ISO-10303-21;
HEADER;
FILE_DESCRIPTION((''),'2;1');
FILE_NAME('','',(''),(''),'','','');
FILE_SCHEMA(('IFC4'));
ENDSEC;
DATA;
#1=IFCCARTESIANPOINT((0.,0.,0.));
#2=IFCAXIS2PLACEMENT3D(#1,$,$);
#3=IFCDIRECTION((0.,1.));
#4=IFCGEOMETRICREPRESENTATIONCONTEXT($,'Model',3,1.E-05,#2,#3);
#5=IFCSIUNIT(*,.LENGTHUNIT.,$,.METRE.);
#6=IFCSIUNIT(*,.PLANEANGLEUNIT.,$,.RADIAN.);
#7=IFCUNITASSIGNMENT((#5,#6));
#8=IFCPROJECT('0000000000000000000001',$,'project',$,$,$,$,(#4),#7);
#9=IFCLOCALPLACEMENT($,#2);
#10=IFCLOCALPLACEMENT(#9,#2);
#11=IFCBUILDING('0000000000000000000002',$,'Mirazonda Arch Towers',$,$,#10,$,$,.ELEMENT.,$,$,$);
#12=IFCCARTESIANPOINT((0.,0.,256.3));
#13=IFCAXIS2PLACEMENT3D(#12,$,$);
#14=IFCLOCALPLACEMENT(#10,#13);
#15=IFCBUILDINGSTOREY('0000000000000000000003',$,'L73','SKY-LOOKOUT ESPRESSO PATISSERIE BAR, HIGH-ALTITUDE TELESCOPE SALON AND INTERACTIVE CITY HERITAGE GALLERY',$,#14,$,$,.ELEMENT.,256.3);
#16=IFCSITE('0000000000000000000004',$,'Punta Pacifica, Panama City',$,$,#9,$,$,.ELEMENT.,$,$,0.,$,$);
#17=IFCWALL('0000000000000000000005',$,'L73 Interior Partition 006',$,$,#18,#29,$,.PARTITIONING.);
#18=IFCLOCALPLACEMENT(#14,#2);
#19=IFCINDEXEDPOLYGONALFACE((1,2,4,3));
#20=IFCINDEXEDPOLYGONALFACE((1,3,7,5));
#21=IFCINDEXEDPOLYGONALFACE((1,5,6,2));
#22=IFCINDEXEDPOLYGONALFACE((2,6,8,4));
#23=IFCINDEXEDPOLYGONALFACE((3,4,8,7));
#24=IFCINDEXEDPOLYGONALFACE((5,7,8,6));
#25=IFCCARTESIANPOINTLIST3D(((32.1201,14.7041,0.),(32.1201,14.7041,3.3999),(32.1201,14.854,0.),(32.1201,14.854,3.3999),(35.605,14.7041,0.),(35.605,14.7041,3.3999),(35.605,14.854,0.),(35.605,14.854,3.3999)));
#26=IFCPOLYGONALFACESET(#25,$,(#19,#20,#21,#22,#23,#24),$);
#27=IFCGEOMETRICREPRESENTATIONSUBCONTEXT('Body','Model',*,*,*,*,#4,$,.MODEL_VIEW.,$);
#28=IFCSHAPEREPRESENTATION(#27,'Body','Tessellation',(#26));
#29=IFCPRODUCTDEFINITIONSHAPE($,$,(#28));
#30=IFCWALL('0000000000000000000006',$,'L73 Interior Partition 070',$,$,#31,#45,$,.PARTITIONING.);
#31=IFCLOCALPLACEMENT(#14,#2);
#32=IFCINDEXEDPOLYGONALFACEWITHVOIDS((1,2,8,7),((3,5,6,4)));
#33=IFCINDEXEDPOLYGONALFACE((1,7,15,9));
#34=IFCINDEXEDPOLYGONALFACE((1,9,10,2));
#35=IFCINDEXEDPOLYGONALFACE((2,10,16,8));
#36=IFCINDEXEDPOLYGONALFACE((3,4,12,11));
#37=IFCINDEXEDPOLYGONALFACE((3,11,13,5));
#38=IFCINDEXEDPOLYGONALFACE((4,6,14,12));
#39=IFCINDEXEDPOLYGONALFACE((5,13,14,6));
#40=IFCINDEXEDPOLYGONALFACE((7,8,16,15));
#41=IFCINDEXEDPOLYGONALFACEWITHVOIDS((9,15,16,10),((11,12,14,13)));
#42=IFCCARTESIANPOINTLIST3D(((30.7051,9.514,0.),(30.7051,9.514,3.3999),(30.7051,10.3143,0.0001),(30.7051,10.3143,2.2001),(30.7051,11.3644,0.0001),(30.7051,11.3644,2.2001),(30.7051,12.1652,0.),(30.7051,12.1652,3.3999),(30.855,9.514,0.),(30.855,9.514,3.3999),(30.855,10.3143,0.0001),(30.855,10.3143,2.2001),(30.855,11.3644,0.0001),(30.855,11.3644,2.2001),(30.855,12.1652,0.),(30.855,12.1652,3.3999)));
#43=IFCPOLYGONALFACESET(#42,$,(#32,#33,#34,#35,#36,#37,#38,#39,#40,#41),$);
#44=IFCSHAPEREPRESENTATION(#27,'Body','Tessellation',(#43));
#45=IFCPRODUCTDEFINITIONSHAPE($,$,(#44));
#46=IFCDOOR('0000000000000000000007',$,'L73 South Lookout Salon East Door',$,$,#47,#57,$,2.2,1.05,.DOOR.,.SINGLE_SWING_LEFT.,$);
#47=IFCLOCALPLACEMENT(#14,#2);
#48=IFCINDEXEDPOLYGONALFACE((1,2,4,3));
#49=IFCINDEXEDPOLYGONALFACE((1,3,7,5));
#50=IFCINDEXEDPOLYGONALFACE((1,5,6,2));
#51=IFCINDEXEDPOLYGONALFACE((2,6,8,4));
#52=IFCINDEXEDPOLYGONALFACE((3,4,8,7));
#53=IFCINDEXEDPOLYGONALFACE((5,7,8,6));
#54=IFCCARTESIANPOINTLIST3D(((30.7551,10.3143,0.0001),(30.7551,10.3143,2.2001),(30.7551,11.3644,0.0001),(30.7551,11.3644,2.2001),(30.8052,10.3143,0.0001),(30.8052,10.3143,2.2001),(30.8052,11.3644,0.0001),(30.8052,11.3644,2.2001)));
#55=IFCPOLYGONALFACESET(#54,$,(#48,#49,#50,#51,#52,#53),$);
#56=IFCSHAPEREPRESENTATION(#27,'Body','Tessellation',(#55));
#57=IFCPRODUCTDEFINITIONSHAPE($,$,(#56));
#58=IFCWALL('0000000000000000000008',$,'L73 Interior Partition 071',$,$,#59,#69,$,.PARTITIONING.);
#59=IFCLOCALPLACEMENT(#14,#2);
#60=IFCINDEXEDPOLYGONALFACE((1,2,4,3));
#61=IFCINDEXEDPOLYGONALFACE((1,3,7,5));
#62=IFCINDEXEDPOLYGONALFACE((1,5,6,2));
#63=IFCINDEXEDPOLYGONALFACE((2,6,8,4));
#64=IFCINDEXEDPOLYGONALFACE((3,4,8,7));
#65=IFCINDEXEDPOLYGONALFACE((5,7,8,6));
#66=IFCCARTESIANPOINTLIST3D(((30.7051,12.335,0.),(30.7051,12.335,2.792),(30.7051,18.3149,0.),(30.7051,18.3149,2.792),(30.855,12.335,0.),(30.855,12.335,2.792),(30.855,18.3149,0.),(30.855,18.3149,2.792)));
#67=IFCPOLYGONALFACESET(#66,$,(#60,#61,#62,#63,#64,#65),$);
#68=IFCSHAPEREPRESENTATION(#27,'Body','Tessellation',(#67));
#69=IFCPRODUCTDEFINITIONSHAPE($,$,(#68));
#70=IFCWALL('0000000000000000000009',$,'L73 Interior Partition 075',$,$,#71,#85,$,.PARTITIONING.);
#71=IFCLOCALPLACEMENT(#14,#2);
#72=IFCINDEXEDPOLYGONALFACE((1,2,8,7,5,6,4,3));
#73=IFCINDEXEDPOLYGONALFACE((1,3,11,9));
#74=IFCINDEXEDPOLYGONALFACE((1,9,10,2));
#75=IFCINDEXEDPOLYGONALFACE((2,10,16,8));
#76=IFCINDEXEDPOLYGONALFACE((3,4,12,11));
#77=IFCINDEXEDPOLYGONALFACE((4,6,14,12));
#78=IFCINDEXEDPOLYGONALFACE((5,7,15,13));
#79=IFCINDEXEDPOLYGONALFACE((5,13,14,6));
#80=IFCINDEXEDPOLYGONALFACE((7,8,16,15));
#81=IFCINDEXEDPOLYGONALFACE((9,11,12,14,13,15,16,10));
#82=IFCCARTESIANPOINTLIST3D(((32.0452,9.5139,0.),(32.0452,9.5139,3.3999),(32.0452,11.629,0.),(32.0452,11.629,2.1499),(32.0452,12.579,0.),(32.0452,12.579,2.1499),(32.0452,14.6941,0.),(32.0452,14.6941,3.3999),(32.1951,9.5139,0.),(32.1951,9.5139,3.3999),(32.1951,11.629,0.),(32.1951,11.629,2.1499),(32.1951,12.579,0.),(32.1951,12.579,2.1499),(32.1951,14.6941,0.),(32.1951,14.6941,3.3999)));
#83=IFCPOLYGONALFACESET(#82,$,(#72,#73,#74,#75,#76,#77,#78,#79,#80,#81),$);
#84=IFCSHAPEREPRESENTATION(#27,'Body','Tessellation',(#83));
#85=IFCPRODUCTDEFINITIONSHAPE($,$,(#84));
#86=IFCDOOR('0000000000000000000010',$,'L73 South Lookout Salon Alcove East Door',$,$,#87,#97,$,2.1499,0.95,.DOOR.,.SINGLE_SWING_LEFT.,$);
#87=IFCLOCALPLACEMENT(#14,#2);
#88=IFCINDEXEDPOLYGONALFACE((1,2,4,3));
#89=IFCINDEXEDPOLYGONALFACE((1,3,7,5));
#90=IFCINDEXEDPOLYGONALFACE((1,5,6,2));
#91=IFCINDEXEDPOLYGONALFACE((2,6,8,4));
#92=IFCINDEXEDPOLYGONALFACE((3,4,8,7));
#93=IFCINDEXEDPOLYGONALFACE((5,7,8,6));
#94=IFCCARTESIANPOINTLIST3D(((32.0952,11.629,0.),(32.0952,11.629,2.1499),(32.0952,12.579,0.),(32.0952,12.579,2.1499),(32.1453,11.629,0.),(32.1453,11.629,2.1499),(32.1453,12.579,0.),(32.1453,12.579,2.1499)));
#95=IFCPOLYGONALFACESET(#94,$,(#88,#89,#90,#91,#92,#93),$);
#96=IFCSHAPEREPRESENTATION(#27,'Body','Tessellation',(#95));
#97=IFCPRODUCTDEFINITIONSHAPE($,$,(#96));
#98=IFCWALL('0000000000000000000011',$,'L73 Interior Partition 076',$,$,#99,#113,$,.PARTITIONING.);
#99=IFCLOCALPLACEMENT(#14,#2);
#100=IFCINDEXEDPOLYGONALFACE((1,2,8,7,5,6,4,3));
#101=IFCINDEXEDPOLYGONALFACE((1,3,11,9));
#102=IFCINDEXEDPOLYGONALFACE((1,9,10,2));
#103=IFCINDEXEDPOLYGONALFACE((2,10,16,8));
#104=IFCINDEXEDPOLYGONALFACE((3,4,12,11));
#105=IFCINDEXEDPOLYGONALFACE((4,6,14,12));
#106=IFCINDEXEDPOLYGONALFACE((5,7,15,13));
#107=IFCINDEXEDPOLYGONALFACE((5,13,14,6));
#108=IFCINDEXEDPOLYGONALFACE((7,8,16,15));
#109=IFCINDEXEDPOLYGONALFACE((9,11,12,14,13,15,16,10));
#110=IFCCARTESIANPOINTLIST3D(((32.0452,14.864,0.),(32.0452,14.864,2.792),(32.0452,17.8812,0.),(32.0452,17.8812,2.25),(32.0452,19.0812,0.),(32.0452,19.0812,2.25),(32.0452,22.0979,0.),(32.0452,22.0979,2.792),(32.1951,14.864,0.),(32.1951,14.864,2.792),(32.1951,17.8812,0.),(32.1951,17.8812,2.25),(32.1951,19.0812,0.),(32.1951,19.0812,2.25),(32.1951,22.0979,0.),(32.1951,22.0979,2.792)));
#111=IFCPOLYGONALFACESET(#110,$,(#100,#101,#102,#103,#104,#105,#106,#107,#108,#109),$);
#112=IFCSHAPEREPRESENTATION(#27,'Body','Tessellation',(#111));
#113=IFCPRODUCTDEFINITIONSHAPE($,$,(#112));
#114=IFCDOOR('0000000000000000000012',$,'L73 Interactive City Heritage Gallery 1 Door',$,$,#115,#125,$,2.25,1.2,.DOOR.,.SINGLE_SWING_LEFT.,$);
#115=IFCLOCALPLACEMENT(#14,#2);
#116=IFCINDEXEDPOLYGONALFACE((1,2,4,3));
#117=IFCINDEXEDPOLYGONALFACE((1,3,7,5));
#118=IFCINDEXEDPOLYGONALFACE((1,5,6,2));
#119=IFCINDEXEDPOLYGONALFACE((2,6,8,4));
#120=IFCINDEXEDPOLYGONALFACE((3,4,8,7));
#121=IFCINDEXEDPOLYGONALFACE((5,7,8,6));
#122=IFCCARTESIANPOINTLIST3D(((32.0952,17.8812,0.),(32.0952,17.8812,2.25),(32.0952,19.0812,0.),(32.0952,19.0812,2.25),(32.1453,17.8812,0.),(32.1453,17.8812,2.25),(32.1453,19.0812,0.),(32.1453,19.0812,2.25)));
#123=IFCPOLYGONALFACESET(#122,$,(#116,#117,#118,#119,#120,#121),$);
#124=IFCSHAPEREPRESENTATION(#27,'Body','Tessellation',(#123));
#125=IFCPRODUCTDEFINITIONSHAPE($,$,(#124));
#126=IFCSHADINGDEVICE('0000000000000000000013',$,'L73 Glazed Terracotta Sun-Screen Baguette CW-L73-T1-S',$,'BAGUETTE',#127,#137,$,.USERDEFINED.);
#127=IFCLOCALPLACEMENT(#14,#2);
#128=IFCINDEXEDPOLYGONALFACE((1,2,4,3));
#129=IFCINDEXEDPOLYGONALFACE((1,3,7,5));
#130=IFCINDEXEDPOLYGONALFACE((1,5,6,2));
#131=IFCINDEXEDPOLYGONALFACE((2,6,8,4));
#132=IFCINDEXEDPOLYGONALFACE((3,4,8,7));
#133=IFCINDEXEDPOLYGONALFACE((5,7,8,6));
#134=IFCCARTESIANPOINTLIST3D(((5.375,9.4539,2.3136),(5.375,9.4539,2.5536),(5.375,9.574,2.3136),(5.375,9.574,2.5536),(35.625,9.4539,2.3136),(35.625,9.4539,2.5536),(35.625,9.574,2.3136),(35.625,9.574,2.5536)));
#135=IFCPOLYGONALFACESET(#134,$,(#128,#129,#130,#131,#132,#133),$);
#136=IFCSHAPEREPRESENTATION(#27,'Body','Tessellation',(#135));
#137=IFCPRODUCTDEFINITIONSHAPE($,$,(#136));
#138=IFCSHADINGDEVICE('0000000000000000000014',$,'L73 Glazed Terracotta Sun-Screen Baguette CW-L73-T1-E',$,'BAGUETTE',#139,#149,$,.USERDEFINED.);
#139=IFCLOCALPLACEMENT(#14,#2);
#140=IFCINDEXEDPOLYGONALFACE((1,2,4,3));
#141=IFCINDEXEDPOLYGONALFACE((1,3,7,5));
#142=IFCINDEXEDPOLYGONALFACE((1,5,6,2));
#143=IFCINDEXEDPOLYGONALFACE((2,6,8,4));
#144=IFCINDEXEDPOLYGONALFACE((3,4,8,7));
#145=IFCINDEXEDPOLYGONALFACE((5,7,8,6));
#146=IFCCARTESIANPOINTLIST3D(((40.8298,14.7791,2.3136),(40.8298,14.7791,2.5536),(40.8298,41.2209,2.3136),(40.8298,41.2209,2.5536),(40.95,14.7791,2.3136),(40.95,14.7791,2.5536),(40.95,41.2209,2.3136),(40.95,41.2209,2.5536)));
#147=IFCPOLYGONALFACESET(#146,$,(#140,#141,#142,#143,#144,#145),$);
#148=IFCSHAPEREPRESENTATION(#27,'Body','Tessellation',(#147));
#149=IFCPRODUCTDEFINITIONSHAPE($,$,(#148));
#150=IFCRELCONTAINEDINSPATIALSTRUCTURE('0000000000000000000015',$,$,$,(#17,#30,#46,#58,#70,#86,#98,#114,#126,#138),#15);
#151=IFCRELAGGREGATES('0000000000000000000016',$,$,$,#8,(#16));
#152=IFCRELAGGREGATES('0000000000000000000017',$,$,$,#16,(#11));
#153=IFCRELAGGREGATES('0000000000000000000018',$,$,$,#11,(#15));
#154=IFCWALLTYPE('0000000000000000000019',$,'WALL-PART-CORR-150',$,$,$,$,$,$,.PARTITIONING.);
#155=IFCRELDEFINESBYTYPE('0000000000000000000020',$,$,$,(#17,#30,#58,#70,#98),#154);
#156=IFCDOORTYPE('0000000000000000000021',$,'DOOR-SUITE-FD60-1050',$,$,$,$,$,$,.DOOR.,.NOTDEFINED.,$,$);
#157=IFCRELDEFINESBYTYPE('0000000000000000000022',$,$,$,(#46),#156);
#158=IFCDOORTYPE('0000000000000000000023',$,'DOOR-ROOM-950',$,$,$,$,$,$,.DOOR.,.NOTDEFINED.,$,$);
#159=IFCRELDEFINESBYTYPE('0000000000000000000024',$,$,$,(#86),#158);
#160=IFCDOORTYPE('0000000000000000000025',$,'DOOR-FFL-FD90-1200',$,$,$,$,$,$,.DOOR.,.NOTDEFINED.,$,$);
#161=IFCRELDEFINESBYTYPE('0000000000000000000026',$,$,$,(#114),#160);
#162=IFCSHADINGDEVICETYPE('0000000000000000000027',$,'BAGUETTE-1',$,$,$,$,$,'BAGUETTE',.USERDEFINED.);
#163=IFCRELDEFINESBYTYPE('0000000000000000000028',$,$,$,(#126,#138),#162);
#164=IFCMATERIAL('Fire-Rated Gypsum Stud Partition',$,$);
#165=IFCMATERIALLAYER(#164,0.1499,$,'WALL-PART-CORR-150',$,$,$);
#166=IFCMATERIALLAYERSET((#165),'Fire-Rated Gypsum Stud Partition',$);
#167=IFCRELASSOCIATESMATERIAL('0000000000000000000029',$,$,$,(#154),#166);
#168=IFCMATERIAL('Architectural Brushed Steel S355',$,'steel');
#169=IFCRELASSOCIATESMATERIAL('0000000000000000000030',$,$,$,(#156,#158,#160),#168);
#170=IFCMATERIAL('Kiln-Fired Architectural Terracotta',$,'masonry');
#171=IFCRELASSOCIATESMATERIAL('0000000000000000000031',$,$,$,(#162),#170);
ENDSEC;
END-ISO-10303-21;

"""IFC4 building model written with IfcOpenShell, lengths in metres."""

from ifc_helpers import new_model, si_unit, direction, frame, frame_2d, origin, origin_2d, place, context, subcontext, project, spatial, rectangle, extrude, material, layer, layer_set, material_profile, profile_set, type_object, element, fill, save


model = new_model("IFC4")

# Units and contexts
model_context = context("Model", 3, precision=1e-05, world=origin(), true_north=direction((0.0, 1.0)))
body_context = subcontext(model_context, "Body", "Model", "MODEL_VIEW")
ifc_project = project(units=[si_unit("LENGTHUNIT", "METRE"), si_unit("PLANEANGLEUNIT", "RADIAN")], contexts=[model_context])

# Site, building, storey
site_placement = place(None, origin())
site = spatial("IfcSite", under=ifc_project, at=site_placement, Name="Punta Pacifica, Panama City", CompositionType="ELEMENT", RefElevation=0.0)
building_placement = place(site_placement, origin())
building = spatial("IfcBuilding", under=site, at=building_placement, Name="Mirazonda Arch Towers", CompositionType="ELEMENT")
storey_placement = place(building_placement, frame((0.0, 0.0, 256.3)))
storey = spatial("IfcBuildingStorey", under=building, at=storey_placement, Name="L73", Description="SKY-LOOKOUT ESPRESSO PATISSERIE BAR, HIGH-ALTITUDE TELESCOPE SALON AND INTERACTIVE CITY HERITAGE GALLERY", CompositionType="ELEMENT", Elevation=256.3)

# Wall
ifc_material_1 = material(Name="Fire-Rated Gypsum Stud Partition")
ifc_layer_1 = layer(ifc_material_1, 0.1499, Name="WALL-PART-CORR-150")
ifc_layer_set_1 = layer_set([ifc_layer_1], Name="Fire-Rated Gypsum Stud Partition")
wall_type_1 = type_object("IfcWallType", Name="WALL-PART-CORR-150", PredefinedType="PARTITIONING", material=ifc_layer_set_1)
wall_1_placement = place(storey_placement, frame((32.1201, 14.7791, 0.0), z_axis=(0.0, 0.0, 1.0), x_axis=(1.0, 0.0, 0.0)))
element("IfcWall", 1, at=wall_1_placement, inside=storey, type_object=wall_type_1, Name="L73 Interior Partition 006", PredefinedType="PARTITIONING", context=body_context, shape_type="SweptSolid", body=[
    extrude(rectangle(XDim=3.4849, YDim=0.1499, at=frame_2d((1.7424, 0.0))), origin(), (0.0, 0.0, 1.0), 3.3999),
])

# Wall, opening, door
wall_2_placement = place(storey_placement, frame((30.78, 9.5139, 0.0), z_axis=(0.0, 0.0, 1.0), x_axis=(0.0, 1.0, 0.0)))
wall_2 = element("IfcWall", 2, at=wall_2_placement, inside=storey, type_object=wall_type_1, Name="L73 Interior Partition 070", PredefinedType="PARTITIONING", context=body_context, shape_type="SweptSolid", body=[
    extrude(rectangle(XDim=2.6511, YDim=0.1499, at=frame_2d((1.3257, 0.0))), origin(), (0.0, 0.0, 1.0), 3.3999),
])
opening_1_placement = place(wall_2_placement, frame((0.8005, 0.0, 0.0)))
opening_1 = element("IfcOpeningElement", 3, at=opening_1_placement, cuts=wall_2, PredefinedType="OPENING", context=body_context, shape_type="SweptSolid", body=[
    extrude(rectangle(XDim=1.05, YDim=2.2, at=frame_2d((0.5249, 1.1001))), frame((0.0, 0.085, 0.0), z_axis=(0.0, -1.0, 0.0), x_axis=(1.0, 0.0, 0.0)), (0.0, 0.0, 1.0), 0.1699),
])
ifc_material_2 = material(Name="Architectural Brushed Steel S355", Category="steel")
door_type_1 = type_object("IfcDoorType", Name="DOOR-SUITE-FD60-1050", OperationType="NOTDEFINED", PredefinedType="DOOR", material=ifc_material_2)
door_1_placement = place(opening_1_placement, origin())
door_1 = element("IfcDoor", 4, at=door_1_placement, inside=storey, type_object=door_type_1, Name="L73 South Lookout Salon East Door", OperationType="SINGLE_SWING_LEFT", OverallHeight=2.2, OverallWidth=1.05, PredefinedType="DOOR", context=body_context, shape_type="SweptSolid", body=[
    extrude(rectangle(XDim=1.05, YDim=2.2, at=frame_2d((0.5249, 1.1001))), frame((0.0, 0.0249, 0.0), z_axis=(0.0, -1.0, 0.0), x_axis=(1.0, 0.0, 0.0)), (0.0, 0.0, 1.0), 0.05),
])
fill(opening_1, door_1)

# Wall
wall_3_placement = place(storey_placement, frame((30.78, 12.335, 0.0), z_axis=(0.0, 0.0, 1.0), x_axis=(0.0, 1.0, 0.0)))
element("IfcWall", 5, at=wall_3_placement, inside=storey, type_object=wall_type_1, Name="L73 Interior Partition 071", PredefinedType="PARTITIONING", context=body_context, shape_type="SweptSolid", body=[
    extrude(rectangle(XDim=5.98, YDim=0.1499, at=frame_2d((2.99, 0.0))), origin(), (0.0, 0.0, 1.0), 2.792),
])

# Walls, openings, doors
wall_4_placement = place(storey_placement, frame((32.1201, 9.5139, 0.0), z_axis=(0.0, 0.0, 1.0), x_axis=(0.0, 1.0, 0.0)))
wall_4 = element("IfcWall", 6, at=wall_4_placement, inside=storey, type_object=wall_type_1, Name="L73 Interior Partition 075", PredefinedType="PARTITIONING", context=body_context, shape_type="SweptSolid", body=[
    extrude(rectangle(XDim=5.1802, YDim=0.1499, at=frame_2d((2.5901, 0.0))), origin(), (0.0, 0.0, 1.0), 3.3999),
])
opening_2_placement = place(wall_4_placement, frame((2.115, 0.0, 0.0)))
opening_2 = element("IfcOpeningElement", 7, at=opening_2_placement, cuts=wall_4, PredefinedType="OPENING", context=body_context, shape_type="SweptSolid", body=[
    extrude(rectangle(XDim=0.95, YDim=2.1499, at=frame_2d((0.4751, 1.075))), frame((0.0, 0.085, 0.0), z_axis=(0.0, -1.0, 0.0), x_axis=(1.0, 0.0, 0.0)), (0.0, 0.0, 1.0), 0.1699),
])
door_type_2 = type_object("IfcDoorType", Name="DOOR-ROOM-950", OperationType="NOTDEFINED", PredefinedType="DOOR", material=ifc_material_2)
door_2_placement = place(opening_2_placement, origin())
door_2 = element("IfcDoor", 8, at=door_2_placement, inside=storey, type_object=door_type_2, Name="L73 South Lookout Salon Alcove East Door", OperationType="SINGLE_SWING_LEFT", OverallHeight=2.1499, OverallWidth=0.95, PredefinedType="DOOR", context=body_context, shape_type="SweptSolid", body=[
    extrude(rectangle(XDim=0.95, YDim=2.1499, at=frame_2d((0.4751, 1.075))), frame((0.0, 0.0249, 0.0), z_axis=(0.0, -1.0, 0.0), x_axis=(1.0, 0.0, 0.0)), (0.0, 0.0, 1.0), 0.05),
])
fill(opening_2, door_2)
wall_5_placement = place(storey_placement, frame((32.1201, 14.864, 0.0), z_axis=(0.0, 0.0, 1.0), x_axis=(0.0, 1.0, 0.0)))
wall_5 = element("IfcWall", 9, at=wall_5_placement, inside=storey, type_object=wall_type_1, Name="L73 Interior Partition 076", PredefinedType="PARTITIONING", context=body_context, shape_type="SweptSolid", body=[
    extrude(rectangle(XDim=7.2339, YDim=0.1499, at=frame_2d((3.6169, 0.0))), origin(), (0.0, 0.0, 1.0), 2.792),
])
opening_3_placement = place(wall_5_placement, frame((3.0171, 0.0, 0.0)))
opening_3 = element("IfcOpeningElement", 10, at=opening_3_placement, cuts=wall_5, PredefinedType="OPENING", context=body_context, shape_type="SweptSolid", body=[
    extrude(rectangle(XDim=1.2, YDim=2.25, at=frame_2d((0.6001, 1.125))), frame((0.0, 0.085, 0.0), z_axis=(0.0, -1.0, 0.0), x_axis=(1.0, 0.0, 0.0)), (0.0, 0.0, 1.0), 0.1699),
])
door_type_3 = type_object("IfcDoorType", Name="DOOR-FFL-FD90-1200", OperationType="NOTDEFINED", PredefinedType="DOOR", material=ifc_material_2)
door_3_placement = place(opening_3_placement, origin())
door_3 = element("IfcDoor", 11, at=door_3_placement, inside=storey, type_object=door_type_3, Name="L73 Interactive City Heritage Gallery 1 Door", OperationType="SINGLE_SWING_LEFT", OverallHeight=2.25, OverallWidth=1.2, PredefinedType="DOOR", context=body_context, shape_type="SweptSolid", body=[
    extrude(rectangle(XDim=1.2, YDim=2.25, at=frame_2d((0.6001, 1.125))), frame((0.0, 0.0249, 0.0), z_axis=(0.0, -1.0, 0.0), x_axis=(1.0, 0.0, 0.0)), (0.0, 0.0, 1.0), 0.05),
])
fill(opening_3, door_3)

# Shading devices
ifc_material_3 = material(Name="Kiln-Fired Architectural Terracotta", Category="masonry")
ifc_material_profile_1 = material_profile(ifc_material_3, rectangle(XDim=0.1201, YDim=0.24, at=origin_2d()), Name="TERRA-BAG-120x240")
ifc_profile_set_1 = profile_set([ifc_material_profile_1], Name="Kiln-Fired Architectural Terracotta")
shading_device_type = type_object("IfcShadingDeviceType", Name="BAGUETTE-1", ElementType="BAGUETTE", PredefinedType="USERDEFINED", material=ifc_profile_set_1)
shading_device_1_placement = place(storey_placement, frame((35.625, 9.5139, 2.4336), z_axis=(-1.0, 0.0, 0.0), x_axis=(0.0, -1.0, 0.0)))
element("IfcShadingDevice", 12, at=shading_device_1_placement, inside=storey, type_object=shading_device_type, Name="L73 Glazed Terracotta Sun-Screen Baguette CW-L73-T1-S", ObjectType="BAGUETTE", PredefinedType="USERDEFINED", context=body_context, shape_type="SweptSolid", body=[
    extrude(rectangle(XDim=0.1201, YDim=0.24, at=origin_2d()), origin(), (0.0, 0.0, 1.0), 30.25),
])
shading_device_2_placement = place(storey_placement, frame((40.8899, 14.7791, 2.4336), z_axis=(0.0, 1.0, 0.0), x_axis=(-1.0, 0.0, 0.0)))
element("IfcShadingDevice", 13, at=shading_device_2_placement, inside=storey, type_object=shading_device_type, Name="L73 Glazed Terracotta Sun-Screen Baguette CW-L73-T1-E", ObjectType="BAGUETTE", PredefinedType="USERDEFINED", context=body_context, shape_type="SweptSolid", body=[
    extrude(rectangle(XDim=0.1201, YDim=0.24, at=origin_2d()), origin(), (0.0, 0.0, 1.0), 26.4419),
])

save(model, "model.ifc")
